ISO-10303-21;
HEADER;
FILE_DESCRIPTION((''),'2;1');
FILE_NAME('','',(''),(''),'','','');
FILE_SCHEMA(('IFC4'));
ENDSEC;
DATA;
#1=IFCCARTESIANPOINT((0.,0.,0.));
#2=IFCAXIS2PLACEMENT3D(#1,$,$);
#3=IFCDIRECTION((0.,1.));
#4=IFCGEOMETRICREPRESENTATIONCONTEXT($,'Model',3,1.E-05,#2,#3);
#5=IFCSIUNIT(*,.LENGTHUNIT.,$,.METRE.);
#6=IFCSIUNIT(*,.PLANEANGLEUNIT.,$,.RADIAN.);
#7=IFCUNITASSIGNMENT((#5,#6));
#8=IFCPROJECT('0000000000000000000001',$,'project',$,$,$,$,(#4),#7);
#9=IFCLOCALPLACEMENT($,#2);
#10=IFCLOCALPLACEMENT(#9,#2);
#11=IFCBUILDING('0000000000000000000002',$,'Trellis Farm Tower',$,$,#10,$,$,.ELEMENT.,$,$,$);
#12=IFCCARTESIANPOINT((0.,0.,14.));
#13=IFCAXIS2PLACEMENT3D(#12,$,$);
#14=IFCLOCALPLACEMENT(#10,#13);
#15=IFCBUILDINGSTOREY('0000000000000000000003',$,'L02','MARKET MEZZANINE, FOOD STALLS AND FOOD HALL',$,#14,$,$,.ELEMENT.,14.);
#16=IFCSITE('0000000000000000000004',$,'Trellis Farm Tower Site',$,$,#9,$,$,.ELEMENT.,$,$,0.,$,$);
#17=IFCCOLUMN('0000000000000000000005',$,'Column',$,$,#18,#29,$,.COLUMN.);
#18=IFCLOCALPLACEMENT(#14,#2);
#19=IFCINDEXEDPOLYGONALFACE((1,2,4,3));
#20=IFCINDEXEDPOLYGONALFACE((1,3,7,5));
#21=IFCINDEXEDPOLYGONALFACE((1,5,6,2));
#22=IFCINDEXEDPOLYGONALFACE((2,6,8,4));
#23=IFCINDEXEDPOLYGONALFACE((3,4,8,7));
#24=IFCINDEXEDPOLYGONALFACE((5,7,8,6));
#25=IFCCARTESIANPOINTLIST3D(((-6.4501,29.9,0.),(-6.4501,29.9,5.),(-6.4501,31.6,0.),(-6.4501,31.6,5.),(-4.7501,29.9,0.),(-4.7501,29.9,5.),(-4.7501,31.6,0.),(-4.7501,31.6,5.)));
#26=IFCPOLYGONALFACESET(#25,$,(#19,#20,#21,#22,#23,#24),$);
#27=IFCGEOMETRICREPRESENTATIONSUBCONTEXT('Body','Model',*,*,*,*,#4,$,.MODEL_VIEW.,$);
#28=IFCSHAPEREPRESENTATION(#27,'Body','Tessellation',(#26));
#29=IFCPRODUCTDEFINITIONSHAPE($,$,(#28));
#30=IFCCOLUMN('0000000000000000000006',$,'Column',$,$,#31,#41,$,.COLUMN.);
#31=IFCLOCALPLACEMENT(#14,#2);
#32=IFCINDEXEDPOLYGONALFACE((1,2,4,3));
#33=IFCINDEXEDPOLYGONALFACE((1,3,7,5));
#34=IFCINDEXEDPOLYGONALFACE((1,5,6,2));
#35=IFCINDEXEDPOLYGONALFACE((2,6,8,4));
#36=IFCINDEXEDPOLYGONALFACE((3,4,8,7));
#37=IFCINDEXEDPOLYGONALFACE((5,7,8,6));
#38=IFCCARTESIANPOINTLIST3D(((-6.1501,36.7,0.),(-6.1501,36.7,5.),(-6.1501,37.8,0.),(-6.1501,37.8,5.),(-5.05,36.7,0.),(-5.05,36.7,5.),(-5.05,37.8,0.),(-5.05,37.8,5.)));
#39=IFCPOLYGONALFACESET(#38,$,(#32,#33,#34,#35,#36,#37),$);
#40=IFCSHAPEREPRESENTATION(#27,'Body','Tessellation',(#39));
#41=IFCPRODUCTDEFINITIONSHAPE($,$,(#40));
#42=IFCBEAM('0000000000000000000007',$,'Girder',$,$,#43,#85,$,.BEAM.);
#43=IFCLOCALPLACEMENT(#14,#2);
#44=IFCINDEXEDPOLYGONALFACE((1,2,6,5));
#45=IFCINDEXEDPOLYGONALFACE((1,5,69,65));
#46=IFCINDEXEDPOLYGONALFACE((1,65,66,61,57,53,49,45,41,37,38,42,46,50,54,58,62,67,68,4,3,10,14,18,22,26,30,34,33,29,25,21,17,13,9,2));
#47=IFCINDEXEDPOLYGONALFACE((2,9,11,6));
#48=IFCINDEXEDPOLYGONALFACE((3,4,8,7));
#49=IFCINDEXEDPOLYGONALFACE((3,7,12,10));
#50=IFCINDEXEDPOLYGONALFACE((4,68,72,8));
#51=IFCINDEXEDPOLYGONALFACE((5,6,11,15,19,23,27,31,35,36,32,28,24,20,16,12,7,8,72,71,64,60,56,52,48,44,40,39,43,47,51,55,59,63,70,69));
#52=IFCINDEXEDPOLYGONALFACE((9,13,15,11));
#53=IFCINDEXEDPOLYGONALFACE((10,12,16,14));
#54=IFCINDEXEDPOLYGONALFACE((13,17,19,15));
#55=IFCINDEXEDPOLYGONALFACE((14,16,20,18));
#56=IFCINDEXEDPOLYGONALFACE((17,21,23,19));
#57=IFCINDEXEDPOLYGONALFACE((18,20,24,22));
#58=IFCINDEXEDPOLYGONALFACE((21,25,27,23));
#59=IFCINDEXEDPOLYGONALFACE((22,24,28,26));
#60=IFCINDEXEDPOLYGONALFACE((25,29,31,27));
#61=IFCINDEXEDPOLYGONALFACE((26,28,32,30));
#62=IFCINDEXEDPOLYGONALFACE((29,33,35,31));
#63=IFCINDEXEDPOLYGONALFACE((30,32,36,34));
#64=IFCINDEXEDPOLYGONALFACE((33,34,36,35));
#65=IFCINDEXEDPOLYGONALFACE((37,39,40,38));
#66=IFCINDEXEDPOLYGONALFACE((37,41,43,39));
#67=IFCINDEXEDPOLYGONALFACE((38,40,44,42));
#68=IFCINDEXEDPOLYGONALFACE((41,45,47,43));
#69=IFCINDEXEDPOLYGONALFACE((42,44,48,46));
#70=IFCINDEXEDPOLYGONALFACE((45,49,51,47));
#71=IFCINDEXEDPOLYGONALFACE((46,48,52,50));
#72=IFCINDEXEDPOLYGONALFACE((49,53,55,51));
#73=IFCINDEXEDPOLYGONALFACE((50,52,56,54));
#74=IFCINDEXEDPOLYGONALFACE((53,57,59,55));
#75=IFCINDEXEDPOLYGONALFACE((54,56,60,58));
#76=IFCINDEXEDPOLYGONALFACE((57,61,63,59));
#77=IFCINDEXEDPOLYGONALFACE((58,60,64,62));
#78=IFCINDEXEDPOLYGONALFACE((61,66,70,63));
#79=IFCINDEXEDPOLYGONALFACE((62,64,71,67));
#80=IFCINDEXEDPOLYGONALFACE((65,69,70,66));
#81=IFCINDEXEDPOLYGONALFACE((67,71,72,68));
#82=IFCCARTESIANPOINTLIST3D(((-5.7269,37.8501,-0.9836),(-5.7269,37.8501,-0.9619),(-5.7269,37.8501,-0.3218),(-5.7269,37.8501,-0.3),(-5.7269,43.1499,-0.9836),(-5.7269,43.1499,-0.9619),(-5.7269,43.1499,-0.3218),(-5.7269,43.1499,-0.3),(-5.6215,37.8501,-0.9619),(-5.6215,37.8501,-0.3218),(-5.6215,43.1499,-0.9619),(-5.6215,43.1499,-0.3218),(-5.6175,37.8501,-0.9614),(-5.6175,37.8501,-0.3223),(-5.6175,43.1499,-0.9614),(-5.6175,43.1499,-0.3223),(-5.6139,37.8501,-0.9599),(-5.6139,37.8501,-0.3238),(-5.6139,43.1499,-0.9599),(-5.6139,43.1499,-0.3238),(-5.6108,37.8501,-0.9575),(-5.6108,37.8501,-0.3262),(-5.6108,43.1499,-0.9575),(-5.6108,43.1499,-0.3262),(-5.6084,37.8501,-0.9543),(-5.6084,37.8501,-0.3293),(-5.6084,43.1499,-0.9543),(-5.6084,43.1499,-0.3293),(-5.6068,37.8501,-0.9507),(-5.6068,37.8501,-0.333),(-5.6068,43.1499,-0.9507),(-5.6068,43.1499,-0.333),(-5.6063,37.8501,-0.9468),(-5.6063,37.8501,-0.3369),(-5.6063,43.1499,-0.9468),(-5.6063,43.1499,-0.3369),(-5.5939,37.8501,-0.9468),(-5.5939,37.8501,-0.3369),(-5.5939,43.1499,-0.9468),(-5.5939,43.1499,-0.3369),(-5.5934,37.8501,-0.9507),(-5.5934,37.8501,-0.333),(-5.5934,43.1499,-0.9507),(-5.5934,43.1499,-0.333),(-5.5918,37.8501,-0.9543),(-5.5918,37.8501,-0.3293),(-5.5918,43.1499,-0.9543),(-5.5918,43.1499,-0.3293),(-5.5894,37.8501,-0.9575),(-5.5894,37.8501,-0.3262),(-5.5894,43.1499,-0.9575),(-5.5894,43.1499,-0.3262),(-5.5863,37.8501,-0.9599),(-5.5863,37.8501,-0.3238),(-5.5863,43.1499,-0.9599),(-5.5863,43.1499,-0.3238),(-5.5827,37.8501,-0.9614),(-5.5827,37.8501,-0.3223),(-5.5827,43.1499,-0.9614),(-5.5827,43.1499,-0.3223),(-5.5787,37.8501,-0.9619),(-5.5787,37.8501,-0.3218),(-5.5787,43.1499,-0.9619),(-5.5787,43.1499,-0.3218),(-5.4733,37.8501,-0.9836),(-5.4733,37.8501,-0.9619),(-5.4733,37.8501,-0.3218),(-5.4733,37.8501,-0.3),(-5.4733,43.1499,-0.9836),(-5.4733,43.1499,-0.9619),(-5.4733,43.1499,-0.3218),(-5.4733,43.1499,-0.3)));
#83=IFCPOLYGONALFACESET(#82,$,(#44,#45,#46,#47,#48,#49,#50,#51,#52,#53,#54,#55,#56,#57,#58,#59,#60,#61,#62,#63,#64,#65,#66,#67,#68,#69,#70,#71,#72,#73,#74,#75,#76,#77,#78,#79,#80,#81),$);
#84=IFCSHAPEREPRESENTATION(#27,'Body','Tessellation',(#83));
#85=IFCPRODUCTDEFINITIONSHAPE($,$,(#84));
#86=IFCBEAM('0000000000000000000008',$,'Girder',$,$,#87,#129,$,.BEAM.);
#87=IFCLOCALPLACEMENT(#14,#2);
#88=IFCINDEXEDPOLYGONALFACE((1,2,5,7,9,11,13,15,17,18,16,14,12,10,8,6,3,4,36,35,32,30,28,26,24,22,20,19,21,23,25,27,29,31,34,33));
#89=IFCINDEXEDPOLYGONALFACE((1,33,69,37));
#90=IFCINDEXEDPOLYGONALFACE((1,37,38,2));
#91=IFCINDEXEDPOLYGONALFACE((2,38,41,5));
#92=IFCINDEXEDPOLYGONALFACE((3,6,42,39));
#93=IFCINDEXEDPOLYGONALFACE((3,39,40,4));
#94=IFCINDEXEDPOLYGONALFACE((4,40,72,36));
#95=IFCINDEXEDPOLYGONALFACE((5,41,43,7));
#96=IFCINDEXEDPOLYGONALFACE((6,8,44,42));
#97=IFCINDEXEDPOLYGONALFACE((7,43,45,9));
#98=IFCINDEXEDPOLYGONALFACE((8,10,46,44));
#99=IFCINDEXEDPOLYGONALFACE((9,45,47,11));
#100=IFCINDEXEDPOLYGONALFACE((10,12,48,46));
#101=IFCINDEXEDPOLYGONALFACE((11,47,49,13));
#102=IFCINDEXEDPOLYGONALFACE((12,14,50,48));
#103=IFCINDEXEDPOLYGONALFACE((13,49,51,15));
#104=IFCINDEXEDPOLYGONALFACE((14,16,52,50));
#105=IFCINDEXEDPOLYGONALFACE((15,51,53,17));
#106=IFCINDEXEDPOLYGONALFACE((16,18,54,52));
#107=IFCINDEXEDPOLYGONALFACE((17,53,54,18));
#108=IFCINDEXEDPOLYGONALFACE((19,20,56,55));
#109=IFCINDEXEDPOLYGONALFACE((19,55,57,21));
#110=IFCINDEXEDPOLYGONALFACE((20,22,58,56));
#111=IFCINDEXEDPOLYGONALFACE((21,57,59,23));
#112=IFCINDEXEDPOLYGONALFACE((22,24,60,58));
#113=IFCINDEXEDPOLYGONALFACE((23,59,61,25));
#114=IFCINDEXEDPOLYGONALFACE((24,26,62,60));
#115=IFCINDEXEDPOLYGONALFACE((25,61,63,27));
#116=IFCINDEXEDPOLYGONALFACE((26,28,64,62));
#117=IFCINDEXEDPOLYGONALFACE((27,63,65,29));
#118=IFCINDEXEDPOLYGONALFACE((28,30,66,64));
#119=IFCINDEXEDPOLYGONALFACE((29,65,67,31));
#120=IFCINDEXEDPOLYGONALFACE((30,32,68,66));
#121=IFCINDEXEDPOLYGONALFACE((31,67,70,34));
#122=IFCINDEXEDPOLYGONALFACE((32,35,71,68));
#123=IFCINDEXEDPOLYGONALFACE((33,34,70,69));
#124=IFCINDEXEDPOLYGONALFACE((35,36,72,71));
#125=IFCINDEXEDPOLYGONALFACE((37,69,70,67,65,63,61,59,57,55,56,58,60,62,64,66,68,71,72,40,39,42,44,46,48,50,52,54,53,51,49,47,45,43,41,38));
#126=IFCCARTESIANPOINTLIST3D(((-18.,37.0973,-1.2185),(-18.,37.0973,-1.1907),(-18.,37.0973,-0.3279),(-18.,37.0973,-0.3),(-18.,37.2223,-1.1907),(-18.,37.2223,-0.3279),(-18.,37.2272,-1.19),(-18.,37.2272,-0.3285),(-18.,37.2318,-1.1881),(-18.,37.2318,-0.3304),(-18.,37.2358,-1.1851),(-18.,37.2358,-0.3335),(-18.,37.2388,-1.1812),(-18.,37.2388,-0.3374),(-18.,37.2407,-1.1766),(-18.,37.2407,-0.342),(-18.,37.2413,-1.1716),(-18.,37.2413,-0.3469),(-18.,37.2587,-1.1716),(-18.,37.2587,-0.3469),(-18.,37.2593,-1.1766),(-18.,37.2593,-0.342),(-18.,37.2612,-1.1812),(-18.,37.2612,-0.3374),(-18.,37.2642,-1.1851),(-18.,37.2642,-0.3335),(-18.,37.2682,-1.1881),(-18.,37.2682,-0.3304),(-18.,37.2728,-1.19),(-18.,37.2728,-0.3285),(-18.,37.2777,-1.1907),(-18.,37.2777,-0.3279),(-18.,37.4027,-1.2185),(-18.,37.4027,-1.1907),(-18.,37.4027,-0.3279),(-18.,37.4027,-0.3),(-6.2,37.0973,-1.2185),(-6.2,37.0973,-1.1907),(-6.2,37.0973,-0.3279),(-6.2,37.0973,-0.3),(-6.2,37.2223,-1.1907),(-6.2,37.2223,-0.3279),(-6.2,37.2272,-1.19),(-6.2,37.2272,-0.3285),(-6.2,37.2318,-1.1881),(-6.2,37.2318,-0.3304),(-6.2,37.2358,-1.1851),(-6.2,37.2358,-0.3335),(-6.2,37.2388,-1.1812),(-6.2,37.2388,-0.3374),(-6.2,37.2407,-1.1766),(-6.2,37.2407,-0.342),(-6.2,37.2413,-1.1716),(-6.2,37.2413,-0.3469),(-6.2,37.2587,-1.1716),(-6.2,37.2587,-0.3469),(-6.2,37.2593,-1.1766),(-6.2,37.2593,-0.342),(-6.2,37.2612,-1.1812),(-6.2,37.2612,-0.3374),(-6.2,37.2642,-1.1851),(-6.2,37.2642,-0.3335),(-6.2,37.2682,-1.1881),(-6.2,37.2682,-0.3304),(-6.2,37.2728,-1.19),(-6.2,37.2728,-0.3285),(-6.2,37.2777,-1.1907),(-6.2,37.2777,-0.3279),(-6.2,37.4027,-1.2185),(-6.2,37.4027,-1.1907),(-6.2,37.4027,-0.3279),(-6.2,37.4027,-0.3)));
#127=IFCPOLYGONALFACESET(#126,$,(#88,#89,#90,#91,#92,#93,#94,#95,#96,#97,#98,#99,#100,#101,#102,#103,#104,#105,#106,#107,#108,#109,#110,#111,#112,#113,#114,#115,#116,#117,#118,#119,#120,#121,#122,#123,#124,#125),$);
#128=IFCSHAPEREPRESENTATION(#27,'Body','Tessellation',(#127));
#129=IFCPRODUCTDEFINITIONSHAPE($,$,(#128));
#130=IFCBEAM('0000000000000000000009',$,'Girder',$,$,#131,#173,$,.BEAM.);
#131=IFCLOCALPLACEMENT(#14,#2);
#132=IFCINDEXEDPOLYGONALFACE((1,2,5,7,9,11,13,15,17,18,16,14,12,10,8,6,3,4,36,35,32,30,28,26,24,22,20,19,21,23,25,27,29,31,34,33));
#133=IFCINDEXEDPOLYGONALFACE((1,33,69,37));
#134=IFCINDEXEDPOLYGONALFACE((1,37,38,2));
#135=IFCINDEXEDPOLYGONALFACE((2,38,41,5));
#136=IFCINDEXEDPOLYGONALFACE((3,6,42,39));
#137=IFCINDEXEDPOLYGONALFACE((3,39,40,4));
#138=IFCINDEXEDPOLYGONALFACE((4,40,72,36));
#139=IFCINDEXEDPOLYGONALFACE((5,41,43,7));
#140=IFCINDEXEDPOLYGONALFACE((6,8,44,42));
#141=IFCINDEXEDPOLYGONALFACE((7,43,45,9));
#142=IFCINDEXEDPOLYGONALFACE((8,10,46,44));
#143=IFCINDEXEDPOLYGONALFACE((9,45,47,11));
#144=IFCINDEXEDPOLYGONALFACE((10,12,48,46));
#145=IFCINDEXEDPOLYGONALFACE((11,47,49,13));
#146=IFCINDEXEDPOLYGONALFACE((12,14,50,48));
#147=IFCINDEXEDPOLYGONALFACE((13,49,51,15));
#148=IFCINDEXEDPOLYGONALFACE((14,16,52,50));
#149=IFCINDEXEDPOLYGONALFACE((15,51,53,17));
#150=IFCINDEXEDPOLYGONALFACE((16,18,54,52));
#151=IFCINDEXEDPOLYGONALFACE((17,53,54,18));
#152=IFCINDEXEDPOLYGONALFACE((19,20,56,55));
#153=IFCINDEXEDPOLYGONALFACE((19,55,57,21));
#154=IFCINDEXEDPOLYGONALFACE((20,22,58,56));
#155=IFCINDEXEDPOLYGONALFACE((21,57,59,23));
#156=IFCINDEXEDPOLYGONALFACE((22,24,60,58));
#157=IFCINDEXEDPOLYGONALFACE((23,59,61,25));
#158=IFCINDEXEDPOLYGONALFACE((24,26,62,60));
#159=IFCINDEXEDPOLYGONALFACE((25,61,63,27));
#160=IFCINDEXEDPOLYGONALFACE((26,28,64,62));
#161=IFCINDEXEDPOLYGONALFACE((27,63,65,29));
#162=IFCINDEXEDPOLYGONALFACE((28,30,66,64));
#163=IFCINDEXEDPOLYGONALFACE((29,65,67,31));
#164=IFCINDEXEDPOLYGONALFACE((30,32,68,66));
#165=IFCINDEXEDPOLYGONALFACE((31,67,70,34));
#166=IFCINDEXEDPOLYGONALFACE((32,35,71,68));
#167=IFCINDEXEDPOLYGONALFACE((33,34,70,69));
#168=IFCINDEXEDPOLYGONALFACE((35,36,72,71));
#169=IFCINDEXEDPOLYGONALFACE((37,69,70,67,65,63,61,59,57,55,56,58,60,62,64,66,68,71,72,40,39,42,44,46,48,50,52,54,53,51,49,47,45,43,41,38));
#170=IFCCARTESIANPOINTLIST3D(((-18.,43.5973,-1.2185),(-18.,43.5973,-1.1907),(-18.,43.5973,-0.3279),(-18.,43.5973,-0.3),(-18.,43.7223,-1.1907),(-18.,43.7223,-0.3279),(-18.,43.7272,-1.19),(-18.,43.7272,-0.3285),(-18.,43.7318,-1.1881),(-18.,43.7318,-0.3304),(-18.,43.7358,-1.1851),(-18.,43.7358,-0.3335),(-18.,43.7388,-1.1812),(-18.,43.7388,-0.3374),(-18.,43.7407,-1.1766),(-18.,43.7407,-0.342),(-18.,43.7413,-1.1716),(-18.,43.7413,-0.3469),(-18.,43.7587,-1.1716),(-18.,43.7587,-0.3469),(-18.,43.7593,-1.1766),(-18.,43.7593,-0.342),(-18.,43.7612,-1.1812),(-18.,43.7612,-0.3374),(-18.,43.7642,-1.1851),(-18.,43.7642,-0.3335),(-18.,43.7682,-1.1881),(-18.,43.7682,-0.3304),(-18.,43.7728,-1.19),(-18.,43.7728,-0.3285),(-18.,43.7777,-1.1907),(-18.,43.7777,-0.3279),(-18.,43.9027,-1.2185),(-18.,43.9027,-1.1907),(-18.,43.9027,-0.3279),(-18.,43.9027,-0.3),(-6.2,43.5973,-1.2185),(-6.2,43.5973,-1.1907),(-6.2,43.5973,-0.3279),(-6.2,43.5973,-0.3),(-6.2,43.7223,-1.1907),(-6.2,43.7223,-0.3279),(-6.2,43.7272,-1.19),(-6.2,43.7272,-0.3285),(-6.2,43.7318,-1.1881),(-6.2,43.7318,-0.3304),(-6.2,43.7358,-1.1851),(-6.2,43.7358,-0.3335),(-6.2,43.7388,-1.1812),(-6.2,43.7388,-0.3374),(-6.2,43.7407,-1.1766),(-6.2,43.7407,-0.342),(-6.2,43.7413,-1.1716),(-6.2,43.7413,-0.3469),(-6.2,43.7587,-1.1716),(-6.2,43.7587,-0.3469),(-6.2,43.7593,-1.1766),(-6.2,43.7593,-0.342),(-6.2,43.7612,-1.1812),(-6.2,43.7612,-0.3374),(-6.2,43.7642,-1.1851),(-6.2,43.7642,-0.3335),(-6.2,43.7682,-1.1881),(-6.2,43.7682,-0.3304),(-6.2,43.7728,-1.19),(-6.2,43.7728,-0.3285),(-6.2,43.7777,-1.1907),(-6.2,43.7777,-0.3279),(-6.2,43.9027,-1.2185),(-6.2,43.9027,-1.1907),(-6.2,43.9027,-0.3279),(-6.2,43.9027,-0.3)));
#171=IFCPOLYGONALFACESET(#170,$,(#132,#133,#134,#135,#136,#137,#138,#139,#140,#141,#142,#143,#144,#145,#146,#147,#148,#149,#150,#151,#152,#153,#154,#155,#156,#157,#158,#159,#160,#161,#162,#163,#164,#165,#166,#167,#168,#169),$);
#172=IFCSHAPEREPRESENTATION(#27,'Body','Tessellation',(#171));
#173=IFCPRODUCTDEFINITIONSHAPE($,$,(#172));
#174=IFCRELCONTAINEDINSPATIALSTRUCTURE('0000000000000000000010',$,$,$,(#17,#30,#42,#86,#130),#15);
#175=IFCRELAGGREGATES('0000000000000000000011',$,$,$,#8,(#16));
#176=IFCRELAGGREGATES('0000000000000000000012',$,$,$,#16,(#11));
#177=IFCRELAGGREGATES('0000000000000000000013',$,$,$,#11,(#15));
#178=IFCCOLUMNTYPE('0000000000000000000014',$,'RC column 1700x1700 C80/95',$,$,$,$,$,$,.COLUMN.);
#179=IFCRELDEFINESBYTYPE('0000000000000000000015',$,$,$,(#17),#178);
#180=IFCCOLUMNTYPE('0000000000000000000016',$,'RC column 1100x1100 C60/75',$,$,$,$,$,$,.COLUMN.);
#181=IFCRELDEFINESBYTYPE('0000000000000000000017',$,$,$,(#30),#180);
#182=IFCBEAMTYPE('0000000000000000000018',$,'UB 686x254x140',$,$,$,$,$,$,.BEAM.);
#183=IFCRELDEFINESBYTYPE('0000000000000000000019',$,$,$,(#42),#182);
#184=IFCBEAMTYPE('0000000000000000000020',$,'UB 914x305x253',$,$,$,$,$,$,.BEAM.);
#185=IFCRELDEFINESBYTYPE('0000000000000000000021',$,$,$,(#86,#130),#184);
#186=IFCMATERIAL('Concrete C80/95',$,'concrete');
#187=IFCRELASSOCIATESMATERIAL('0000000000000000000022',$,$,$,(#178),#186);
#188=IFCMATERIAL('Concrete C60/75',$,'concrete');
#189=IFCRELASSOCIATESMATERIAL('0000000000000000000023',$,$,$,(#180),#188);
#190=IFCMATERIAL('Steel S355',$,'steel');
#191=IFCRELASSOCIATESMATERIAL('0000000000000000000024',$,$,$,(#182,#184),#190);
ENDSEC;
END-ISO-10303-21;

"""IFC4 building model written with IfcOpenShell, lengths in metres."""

from ifc_helpers import new_model, si_unit, direction, frame, origin, origin_2d, place, context, subcontext, project, spatial, rectangle, i_section, extrude, source, transform, mapped, material, material_profile, profile_set, type_object, element, save


model = new_model("IFC4")

# Units and contexts
model_context = context("Model", 3, precision=1e-05, world=origin(), true_north=direction((0.0, 1.0)))
body_context = subcontext(model_context, "Body", "Model", "MODEL_VIEW")
ifc_project = project(units=[si_unit("LENGTHUNIT", "METRE"), si_unit("PLANEANGLEUNIT", "RADIAN")], contexts=[model_context])

# Site, building, storey
site_placement = place(None, origin())
site = spatial("IfcSite", under=ifc_project, at=site_placement, Name="Trellis Farm Tower Site", CompositionType="ELEMENT", RefElevation=0.0)
building_placement = place(site_placement, origin())
building = spatial("IfcBuilding", under=site, at=building_placement, Name="Trellis Farm Tower", CompositionType="ELEMENT")
storey_placement = place(building_placement, frame((0.0, 0.0, 14.0)))
storey = spatial("IfcBuildingStorey", under=building, at=storey_placement, Name="L02", Description="MARKET MEZZANINE, FOOD STALLS AND FOOD HALL", CompositionType="ELEMENT", Elevation=14.0)

# Columns
ifc_material_1 = material(Name="Concrete C80/95", Category="concrete")
ifc_material_profile_1 = material_profile(ifc_material_1, rectangle(XDim=1.7, YDim=1.7, at=origin_2d()), Name="RC column 1700x1700 C80/95")
ifc_profile_set_1 = profile_set([ifc_material_profile_1], Name="Concrete C80/95")
column_type_1 = type_object("IfcColumnType", Name="RC column 1700x1700 C80/95", PredefinedType="COLUMN", material=ifc_profile_set_1)
shared_shape_1 = source(origin(), body_context, "Body", "SweptSolid", [
    extrude(rectangle(XDim=1.7, YDim=1.7, at=origin_2d()), origin(), (0.0, 0.0, 1.0), 5.0),
])
column_1_placement = place(storey_placement, frame((-5.6001, 30.75, 0.0), z_axis=(0.0, 0.0, 1.0), x_axis=(1.0, 0.0, 0.0)))
element("IfcColumn", 1, at=column_1_placement, inside=storey, type_object=column_type_1, Name="Column", PredefinedType="COLUMN", context=body_context, shape_type="MappedRepresentation", body=[
    mapped(shared_shape_1, transform((0.0, 0.0, 0.0))),
])
ifc_material_2 = material(Name="Concrete C60/75", Category="concrete")
ifc_material_profile_2 = material_profile(ifc_material_2, rectangle(XDim=1.1001, YDim=1.1001, at=origin_2d()), Name="RC column 1100x1100 C60/75")
ifc_profile_set_2 = profile_set([ifc_material_profile_2], Name="Concrete C60/75")
column_type_2 = type_object("IfcColumnType", Name="RC column 1100x1100 C60/75", PredefinedType="COLUMN", material=ifc_profile_set_2)
shared_shape_2 = source(origin(), body_context, "Body", "SweptSolid", [
    extrude(rectangle(XDim=1.1001, YDim=1.1001, at=origin_2d()), origin(), (0.0, 0.0, 1.0), 5.0),
])
column_2_placement = place(storey_placement, frame((-5.6001, 37.25, 0.0), z_axis=(0.0, 0.0, 1.0), x_axis=(1.0, 0.0, 0.0)))
element("IfcColumn", 2, at=column_2_placement, inside=storey, type_object=column_type_2, Name="Column", PredefinedType="COLUMN", context=body_context, shape_type="MappedRepresentation", body=[
    mapped(shared_shape_2, transform((0.0, 0.0, 0.0))),
])

# Beams
ifc_material_3 = material(Name="Steel S355", Category="steel")
ifc_material_profile_3 = material_profile(ifc_material_3, i_section(OverallWidth=0.2537, OverallDepth=0.6836, WebThickness=0.0125, FlangeThickness=0.0217, FilletRadius=0.0151, at=origin_2d()), Name="UB 686x254x140")
ifc_profile_set_3 = profile_set([ifc_material_profile_3], Name="Steel S355")
beam_type_1 = type_object("IfcBeamType", Name="UB 686x254x140", PredefinedType="BEAM", material=ifc_profile_set_3)
shared_shape_3 = source(origin(), body_context, "Body", "SweptSolid", [
    extrude(i_section(OverallWidth=0.2537, OverallDepth=0.6836, WebThickness=0.0125, FlangeThickness=0.0217, FilletRadius=0.0151, at=origin_2d()), origin(), (0.0, 0.0, 1.0), 5.2998),
])
beam_1_placement = place(storey_placement, frame((-5.6001, 37.8501, -0.6418), z_axis=(0.0, 1.0, 0.0), x_axis=(-1.0, 0.0, 0.0)))
element("IfcBeam", 3, at=beam_1_placement, inside=storey, type_object=beam_type_1, Name="Girder", PredefinedType="BEAM", context=body_context, shape_type="MappedRepresentation", body=[
    mapped(shared_shape_3, transform((0.0, 0.0, 0.0))),
])
ifc_material_profile_4 = material_profile(ifc_material_3, i_section(OverallWidth=0.3054, OverallDepth=0.9185, WebThickness=0.0173, FlangeThickness=0.0278, FilletRadius=0.019, at=origin_2d()), Name="UB 914x305x253")
ifc_profile_set_4 = profile_set([ifc_material_profile_4], Name="Steel S355")
beam_type_2 = type_object("IfcBeamType", Name="UB 914x305x253", PredefinedType="BEAM", material=ifc_profile_set_4)
shared_shape_4 = source(origin(), body_context, "Body", "SweptSolid", [
    extrude(i_section(OverallWidth=0.3054, OverallDepth=0.9185, WebThickness=0.0173, FlangeThickness=0.0278, FilletRadius=0.019, at=origin_2d()), origin(), (0.0, 0.0, 1.0), 11.8),
])
for number, where, z_axis, x_axis, name in (
    (4, (-18.0, 37.25, -0.7593), (1.0, 0.0, 0.0), (0.0, 1.0, 0.0), "Girder"),
    (5, (-18.0, 43.75, -0.7593), (1.0, 0.0, 0.0), (0.0, 1.0, 0.0), "Girder"),
):
    element("IfcBeam", number, at=place(storey_placement, frame(where, z_axis=z_axis, x_axis=x_axis)), inside=storey, type_object=beam_type_2, Name=name, PredefinedType="BEAM", context=body_context, shape_type="MappedRepresentation", body=[
        mapped(shared_shape_4, transform((0.0, 0.0, 0.0))),
    ])

save(model, "model.ifc")
